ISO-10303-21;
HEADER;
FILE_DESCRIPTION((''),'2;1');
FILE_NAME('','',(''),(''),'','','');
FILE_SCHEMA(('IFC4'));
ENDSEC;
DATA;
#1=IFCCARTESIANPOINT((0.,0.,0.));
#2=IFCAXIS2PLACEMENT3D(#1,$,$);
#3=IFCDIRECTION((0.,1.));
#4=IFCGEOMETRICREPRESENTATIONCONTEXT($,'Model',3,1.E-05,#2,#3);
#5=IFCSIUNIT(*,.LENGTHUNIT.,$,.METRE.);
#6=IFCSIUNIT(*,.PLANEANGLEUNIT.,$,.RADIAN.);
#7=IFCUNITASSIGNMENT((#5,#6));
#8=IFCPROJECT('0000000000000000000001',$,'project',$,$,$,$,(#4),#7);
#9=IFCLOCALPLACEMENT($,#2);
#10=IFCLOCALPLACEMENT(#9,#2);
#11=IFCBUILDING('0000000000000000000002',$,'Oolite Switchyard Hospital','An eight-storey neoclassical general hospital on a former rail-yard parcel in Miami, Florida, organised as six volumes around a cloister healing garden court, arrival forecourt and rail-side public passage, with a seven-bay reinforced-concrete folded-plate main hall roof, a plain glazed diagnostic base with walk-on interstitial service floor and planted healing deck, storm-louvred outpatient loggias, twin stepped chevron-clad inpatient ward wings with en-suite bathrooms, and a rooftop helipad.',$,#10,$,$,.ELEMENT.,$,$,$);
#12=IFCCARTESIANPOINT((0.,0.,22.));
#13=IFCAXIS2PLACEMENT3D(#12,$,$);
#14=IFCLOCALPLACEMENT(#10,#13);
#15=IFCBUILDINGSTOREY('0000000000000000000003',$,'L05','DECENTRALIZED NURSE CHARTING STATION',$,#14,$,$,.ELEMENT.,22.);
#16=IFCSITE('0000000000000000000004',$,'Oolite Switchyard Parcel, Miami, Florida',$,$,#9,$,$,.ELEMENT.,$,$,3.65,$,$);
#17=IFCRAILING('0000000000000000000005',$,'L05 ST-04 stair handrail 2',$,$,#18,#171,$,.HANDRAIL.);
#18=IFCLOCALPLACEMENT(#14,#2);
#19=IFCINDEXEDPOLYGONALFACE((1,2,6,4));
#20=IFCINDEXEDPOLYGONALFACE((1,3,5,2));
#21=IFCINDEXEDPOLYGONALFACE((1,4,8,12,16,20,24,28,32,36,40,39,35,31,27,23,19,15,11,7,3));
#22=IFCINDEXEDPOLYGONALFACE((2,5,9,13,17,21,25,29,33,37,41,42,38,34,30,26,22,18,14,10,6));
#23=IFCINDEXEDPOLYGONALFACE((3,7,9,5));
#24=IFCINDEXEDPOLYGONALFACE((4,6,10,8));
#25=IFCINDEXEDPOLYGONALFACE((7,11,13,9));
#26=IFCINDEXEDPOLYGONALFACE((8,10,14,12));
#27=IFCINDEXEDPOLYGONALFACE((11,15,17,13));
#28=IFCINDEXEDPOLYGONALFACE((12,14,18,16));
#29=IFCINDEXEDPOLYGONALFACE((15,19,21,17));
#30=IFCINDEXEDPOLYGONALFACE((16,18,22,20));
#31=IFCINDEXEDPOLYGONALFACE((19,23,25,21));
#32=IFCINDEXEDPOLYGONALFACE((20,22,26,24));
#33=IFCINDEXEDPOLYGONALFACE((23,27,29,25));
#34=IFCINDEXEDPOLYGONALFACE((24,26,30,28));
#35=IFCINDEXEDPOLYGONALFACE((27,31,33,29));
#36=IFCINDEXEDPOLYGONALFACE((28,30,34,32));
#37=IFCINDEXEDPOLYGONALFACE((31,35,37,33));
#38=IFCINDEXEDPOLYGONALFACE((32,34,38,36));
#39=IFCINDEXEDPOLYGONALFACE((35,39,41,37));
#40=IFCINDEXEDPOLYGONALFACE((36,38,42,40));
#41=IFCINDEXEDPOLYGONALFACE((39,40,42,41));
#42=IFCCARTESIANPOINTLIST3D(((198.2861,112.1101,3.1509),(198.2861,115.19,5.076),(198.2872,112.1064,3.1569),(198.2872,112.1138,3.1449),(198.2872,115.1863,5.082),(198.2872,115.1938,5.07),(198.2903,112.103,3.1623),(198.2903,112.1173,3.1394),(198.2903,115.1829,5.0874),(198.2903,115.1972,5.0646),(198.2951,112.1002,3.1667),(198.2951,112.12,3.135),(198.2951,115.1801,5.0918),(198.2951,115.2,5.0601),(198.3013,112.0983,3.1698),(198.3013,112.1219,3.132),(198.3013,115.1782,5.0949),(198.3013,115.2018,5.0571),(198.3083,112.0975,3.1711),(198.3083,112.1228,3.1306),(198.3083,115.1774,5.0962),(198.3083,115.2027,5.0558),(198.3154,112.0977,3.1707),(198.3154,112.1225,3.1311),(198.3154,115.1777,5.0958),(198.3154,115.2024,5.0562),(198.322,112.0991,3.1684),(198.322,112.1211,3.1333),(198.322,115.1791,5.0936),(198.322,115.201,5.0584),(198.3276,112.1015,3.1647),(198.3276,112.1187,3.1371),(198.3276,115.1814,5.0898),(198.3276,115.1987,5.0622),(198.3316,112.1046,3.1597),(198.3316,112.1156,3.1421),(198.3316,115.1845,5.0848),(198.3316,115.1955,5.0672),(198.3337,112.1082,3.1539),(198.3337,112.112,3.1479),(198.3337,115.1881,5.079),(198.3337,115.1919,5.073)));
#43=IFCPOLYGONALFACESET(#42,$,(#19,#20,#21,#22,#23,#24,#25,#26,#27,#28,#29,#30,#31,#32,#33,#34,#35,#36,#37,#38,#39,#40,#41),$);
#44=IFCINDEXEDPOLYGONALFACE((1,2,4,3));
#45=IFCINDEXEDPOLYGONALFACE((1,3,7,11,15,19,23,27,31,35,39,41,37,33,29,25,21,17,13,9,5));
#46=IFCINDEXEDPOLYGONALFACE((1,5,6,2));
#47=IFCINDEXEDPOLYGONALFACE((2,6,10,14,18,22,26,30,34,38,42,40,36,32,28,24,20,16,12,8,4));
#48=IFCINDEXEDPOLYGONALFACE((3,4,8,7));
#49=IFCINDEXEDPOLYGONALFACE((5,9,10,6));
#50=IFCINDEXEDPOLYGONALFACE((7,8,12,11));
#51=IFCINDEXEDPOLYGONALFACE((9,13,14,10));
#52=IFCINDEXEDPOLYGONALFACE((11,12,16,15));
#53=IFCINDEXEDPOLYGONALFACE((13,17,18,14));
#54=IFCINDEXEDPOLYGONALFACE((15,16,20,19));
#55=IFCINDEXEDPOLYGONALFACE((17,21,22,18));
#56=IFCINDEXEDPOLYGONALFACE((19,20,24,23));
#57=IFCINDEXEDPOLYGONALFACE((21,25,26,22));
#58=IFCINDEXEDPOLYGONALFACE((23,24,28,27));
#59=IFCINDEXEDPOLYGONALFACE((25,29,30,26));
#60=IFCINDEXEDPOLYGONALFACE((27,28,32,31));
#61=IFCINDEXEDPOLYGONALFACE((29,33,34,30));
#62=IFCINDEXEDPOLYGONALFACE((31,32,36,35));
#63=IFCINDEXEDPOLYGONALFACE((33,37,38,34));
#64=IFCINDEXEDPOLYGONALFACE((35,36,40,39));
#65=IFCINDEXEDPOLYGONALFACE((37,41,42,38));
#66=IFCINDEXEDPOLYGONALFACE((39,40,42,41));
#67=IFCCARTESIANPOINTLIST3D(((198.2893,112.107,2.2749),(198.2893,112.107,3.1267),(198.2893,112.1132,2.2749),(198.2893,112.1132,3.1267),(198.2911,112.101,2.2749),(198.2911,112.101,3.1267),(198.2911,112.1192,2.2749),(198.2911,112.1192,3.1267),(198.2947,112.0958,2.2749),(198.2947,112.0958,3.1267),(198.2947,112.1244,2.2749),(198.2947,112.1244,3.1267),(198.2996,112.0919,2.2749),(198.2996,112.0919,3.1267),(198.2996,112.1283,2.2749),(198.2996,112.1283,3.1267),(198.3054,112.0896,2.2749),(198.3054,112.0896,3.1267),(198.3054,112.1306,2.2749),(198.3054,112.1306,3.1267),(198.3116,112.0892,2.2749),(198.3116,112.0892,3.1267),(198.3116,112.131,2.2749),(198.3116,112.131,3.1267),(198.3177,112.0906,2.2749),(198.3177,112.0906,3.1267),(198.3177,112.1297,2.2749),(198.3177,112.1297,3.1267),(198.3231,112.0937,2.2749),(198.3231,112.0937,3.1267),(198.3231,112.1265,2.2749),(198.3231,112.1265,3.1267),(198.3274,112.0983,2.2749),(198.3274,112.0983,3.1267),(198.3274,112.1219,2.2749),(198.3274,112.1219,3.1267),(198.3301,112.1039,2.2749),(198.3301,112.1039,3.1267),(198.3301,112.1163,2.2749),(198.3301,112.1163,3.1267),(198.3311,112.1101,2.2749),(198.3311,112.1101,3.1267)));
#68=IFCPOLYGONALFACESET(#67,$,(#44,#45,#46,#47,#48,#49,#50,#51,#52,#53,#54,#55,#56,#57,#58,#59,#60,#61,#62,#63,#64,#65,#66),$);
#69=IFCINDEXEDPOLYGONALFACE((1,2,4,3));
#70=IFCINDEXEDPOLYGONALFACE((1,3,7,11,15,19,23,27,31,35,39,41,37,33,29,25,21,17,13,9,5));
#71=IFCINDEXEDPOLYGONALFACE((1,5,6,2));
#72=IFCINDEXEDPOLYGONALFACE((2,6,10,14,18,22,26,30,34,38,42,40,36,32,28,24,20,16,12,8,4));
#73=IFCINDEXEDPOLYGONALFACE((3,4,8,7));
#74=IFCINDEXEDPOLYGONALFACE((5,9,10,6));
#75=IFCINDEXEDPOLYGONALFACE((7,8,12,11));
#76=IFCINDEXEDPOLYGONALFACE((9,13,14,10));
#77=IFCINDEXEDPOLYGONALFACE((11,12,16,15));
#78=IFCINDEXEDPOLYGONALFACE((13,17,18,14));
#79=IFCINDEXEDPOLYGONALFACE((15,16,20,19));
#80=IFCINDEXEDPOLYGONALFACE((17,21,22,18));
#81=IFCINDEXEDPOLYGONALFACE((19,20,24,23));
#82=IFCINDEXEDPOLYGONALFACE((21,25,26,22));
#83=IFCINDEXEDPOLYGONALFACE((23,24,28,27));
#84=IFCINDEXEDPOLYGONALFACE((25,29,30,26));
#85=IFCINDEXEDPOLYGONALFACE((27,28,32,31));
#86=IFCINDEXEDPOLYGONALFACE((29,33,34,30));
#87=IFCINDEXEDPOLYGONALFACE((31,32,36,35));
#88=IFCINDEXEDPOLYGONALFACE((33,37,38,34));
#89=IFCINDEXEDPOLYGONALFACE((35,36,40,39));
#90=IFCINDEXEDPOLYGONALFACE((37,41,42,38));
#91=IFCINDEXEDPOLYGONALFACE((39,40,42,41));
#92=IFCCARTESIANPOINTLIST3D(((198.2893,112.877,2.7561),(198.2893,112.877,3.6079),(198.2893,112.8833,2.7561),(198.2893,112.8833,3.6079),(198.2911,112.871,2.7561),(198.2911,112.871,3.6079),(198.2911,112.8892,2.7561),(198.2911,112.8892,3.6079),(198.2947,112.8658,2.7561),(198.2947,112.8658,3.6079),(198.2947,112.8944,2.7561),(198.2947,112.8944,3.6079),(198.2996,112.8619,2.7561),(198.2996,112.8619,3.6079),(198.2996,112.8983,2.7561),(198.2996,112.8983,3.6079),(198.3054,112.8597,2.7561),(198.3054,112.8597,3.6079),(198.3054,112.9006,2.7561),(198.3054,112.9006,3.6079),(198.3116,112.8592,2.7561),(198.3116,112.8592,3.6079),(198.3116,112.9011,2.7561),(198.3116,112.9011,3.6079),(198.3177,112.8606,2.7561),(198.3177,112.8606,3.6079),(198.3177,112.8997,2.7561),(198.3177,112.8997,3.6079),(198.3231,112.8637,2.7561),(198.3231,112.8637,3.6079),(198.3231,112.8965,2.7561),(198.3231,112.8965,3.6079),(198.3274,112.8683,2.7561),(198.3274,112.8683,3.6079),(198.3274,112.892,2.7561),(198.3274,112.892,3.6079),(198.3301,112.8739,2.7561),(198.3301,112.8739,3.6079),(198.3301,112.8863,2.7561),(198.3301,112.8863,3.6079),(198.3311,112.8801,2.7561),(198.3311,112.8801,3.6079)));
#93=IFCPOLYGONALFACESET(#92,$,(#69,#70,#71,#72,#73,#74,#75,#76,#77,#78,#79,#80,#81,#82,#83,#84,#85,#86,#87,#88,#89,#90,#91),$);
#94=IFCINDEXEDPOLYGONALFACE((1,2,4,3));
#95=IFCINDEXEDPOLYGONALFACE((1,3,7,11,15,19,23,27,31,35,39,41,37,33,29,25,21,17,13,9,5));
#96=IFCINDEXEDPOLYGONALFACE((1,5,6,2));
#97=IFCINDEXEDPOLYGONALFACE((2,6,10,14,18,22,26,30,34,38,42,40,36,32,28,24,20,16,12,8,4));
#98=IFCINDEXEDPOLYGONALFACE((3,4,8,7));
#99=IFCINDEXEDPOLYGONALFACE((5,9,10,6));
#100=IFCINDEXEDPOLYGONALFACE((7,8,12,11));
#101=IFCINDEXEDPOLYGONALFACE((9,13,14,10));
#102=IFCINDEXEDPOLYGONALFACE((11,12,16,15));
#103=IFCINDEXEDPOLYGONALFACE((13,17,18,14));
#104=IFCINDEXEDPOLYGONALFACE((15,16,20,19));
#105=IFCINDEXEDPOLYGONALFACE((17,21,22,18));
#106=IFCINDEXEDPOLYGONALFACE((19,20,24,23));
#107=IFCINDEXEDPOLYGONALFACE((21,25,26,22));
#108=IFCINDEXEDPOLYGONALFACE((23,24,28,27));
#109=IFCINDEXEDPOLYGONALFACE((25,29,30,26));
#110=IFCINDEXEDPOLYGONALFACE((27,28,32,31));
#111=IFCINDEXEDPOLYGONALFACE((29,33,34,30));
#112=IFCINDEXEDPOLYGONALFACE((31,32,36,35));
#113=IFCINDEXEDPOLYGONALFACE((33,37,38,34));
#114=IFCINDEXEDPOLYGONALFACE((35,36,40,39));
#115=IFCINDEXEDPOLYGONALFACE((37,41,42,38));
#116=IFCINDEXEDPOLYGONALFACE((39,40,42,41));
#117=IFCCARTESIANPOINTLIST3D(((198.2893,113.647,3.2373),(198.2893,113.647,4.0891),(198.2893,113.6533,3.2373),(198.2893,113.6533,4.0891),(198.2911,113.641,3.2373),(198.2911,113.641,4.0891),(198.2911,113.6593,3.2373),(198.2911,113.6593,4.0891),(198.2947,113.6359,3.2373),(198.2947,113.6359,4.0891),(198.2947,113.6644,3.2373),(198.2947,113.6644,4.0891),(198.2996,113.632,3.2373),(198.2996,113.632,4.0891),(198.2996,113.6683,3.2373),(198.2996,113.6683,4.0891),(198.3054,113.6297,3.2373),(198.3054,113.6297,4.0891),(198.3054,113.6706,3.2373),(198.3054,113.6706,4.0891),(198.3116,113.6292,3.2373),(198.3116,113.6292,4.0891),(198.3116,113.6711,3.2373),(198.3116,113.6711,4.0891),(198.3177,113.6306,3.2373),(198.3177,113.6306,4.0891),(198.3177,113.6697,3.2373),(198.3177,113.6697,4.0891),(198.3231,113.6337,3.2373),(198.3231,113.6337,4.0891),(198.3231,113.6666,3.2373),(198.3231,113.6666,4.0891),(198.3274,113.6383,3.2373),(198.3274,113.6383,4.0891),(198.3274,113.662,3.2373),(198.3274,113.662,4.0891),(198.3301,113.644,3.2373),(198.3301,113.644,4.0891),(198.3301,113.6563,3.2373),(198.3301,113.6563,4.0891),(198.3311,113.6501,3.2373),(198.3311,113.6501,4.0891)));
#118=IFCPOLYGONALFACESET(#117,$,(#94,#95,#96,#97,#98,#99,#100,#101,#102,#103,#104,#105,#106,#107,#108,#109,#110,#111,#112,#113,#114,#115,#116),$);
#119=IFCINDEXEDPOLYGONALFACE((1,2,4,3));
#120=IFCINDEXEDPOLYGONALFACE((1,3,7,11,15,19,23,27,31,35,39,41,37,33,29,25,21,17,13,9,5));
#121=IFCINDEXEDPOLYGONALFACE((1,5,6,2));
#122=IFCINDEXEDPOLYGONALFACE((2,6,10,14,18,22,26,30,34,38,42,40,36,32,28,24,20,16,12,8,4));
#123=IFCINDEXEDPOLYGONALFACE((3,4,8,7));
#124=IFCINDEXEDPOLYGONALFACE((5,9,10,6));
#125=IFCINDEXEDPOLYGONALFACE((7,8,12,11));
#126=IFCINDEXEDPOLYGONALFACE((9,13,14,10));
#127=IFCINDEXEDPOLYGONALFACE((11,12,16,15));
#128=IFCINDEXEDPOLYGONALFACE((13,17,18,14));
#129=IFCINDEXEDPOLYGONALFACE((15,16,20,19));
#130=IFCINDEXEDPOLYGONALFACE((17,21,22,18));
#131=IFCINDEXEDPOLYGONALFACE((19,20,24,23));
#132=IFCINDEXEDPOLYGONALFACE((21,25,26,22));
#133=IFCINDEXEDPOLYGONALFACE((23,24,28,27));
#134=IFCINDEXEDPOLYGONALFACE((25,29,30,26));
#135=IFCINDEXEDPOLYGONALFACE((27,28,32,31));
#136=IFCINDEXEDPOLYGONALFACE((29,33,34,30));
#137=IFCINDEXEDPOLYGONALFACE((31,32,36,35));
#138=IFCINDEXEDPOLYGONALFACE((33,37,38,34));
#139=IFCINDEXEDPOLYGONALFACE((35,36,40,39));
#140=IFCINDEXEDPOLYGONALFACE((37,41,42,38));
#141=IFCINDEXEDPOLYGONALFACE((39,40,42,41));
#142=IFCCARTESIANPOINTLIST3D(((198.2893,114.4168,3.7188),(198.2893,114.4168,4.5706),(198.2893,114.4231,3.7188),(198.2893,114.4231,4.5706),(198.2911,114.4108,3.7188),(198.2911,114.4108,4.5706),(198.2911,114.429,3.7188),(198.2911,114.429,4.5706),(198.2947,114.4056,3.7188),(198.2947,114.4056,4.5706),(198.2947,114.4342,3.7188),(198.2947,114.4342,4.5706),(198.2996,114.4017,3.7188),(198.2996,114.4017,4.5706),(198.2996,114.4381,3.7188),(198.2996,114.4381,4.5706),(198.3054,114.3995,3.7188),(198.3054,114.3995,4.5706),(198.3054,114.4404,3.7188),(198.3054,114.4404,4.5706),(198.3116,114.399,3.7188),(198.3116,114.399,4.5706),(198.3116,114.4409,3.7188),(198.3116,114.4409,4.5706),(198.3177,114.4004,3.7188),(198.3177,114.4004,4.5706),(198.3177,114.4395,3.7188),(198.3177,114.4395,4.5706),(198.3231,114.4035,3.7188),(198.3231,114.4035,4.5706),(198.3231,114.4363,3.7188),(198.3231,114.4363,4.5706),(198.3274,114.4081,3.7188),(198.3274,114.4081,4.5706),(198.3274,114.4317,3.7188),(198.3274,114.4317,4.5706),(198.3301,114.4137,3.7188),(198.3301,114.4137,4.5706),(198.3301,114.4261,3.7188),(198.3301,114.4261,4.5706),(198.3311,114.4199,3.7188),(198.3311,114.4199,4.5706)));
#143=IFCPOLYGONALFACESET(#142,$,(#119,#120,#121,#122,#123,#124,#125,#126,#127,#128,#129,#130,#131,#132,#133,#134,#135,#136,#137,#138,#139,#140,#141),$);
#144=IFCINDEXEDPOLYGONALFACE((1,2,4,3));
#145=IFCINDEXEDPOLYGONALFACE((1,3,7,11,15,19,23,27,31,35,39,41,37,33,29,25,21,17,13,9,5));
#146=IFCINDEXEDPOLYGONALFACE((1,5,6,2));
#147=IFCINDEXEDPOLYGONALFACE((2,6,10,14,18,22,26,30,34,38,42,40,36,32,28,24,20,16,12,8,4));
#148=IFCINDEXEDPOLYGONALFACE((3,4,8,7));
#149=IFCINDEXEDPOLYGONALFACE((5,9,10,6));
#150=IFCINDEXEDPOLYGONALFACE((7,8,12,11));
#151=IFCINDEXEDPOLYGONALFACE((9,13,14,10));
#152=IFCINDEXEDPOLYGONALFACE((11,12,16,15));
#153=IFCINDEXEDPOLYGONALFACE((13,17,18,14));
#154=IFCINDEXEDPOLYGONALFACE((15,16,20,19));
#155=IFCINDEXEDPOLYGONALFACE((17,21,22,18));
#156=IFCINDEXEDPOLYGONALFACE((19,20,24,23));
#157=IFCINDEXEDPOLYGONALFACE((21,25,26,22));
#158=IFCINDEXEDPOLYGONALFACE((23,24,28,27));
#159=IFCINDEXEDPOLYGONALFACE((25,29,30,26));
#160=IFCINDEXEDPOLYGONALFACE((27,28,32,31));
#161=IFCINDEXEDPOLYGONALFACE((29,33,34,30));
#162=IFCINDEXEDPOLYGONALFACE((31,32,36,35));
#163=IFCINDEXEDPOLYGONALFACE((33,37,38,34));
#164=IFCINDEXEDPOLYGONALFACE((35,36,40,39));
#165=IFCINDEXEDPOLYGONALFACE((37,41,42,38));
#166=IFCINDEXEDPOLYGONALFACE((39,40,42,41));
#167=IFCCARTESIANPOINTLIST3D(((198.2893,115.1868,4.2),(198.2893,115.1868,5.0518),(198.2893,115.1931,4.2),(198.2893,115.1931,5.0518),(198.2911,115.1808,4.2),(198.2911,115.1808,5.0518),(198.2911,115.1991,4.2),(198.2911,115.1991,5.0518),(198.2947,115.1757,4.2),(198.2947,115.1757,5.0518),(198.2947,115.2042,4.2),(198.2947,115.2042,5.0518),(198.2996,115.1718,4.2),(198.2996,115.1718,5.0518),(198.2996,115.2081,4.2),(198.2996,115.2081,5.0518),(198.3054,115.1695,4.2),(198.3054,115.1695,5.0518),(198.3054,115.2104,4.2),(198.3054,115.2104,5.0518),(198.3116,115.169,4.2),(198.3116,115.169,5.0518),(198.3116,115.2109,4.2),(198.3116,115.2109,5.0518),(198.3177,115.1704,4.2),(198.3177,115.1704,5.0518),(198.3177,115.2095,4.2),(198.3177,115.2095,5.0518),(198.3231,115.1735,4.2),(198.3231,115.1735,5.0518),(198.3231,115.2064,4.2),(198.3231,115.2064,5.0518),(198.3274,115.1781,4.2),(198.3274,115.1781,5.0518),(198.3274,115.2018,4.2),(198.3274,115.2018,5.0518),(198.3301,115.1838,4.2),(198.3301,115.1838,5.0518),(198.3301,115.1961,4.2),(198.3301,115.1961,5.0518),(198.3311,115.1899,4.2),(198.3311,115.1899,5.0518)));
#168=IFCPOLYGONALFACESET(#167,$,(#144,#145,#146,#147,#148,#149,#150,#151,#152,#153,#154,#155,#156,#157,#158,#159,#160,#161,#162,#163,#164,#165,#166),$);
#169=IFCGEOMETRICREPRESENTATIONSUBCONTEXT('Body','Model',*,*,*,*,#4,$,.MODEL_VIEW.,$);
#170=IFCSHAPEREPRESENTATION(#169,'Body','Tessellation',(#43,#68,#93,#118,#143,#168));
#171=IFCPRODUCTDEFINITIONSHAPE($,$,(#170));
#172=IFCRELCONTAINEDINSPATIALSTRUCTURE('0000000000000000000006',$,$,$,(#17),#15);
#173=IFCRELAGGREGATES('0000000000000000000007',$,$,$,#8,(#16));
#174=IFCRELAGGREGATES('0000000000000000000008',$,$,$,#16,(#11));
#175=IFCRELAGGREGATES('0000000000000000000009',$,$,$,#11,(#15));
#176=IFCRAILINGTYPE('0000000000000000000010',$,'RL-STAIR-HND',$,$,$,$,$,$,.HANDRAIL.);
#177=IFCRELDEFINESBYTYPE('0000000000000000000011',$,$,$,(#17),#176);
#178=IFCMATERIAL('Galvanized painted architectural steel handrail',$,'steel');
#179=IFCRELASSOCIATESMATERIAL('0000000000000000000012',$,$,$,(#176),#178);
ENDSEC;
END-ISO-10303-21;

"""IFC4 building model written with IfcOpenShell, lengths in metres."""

from ifc_helpers import new_model, si_unit, direction, frame, origin, origin_2d, place, context, subcontext, project, spatial, circle, extrude, material, type_object, element, save


model = new_model("IFC4")

# Units and contexts
model_context = context("Model", 3, precision=1e-05, world=origin(), true_north=direction((0.0, 1.0)))
body_context = subcontext(model_context, "Body", "Model", "MODEL_VIEW")
ifc_project = project(units=[si_unit("LENGTHUNIT", "METRE"), si_unit("PLANEANGLEUNIT", "RADIAN")], contexts=[model_context])

# Site, building, storey
site_placement = place(None, origin())
site = spatial("IfcSite", under=ifc_project, at=site_placement, Name="Oolite Switchyard Parcel, Miami, Florida", CompositionType="ELEMENT", RefElevation=3.65)
building_placement = place(site_placement, origin())
building = spatial("IfcBuilding", under=site, at=building_placement, Name="Oolite Switchyard Hospital", Description="An eight-storey neoclassical general hospital on a former rail-yard parcel in Miami, Florida, organised as six volumes around a cloister healing garden court, arrival forecourt and rail-side public passage, with a seven-bay reinforced-concrete folded-plate main hall roof, a plain glazed diagnostic base with walk-on interstitial service floor and planted healing deck, storm-louvred outpatient loggias, twin stepped chevron-clad inpatient ward wings with en-suite bathrooms, and a rooftop helipad.", CompositionType="ELEMENT")
storey_placement = place(building_placement, frame((0.0, 0.0, 22.0)))
storey = spatial("IfcBuildingStorey", under=building, at=storey_placement, Name="L05", Description="DECENTRALIZED NURSE CHARTING STATION", CompositionType="ELEMENT", Elevation=22.0)

# Railing
ifc_material_1 = material(Name="Galvanized painted architectural steel handrail", Category="steel")
railing_type_1 = type_object("IfcRailingType", Name="RL-STAIR-HND", PredefinedType="HANDRAIL", material=ifc_material_1)
railing_1_placement = place(storey_placement, frame((198.3101, 112.1101, 2.2749)))
element("IfcRailing", 1, at=railing_1_placement, inside=storey, type_object=railing_type_1, Name="L05 ST-04 stair handrail 2", PredefinedType="HANDRAIL", context=body_context, shape_type="SweptSolid", body=[
    extrude(circle(Radius=0.0239, at=origin_2d()), frame((0.0, 0.0, 0.876), z_axis=(0.0, 0.847979, 0.530029), x_axis=(-1.0, 0.0, 0.0)), (0.0, 0.0, 1.0), 3.6321),
    extrude(circle(Radius=0.021, at=origin_2d()), origin(), (0.0, 0.0, 1.0), 0.8518),
    extrude(circle(Radius=0.021, at=origin_2d()), frame((0.0, 0.77, 0.4812)), (0.0, 0.0, 1.0), 0.8518),
    extrude(circle(Radius=0.021, at=origin_2d()), frame((0.0, 1.54, 0.9624)), (0.0, 0.0, 1.0), 0.8518),
    extrude(circle(Radius=0.021, at=origin_2d()), frame((0.0, 2.3098, 1.4438)), (0.0, 0.0, 1.0), 0.8518),
    extrude(circle(Radius=0.021, at=origin_2d()), frame((0.0, 3.0798, 1.925)), (0.0, 0.0, 1.0), 0.8518),
])

save(model, "model.ifc")
